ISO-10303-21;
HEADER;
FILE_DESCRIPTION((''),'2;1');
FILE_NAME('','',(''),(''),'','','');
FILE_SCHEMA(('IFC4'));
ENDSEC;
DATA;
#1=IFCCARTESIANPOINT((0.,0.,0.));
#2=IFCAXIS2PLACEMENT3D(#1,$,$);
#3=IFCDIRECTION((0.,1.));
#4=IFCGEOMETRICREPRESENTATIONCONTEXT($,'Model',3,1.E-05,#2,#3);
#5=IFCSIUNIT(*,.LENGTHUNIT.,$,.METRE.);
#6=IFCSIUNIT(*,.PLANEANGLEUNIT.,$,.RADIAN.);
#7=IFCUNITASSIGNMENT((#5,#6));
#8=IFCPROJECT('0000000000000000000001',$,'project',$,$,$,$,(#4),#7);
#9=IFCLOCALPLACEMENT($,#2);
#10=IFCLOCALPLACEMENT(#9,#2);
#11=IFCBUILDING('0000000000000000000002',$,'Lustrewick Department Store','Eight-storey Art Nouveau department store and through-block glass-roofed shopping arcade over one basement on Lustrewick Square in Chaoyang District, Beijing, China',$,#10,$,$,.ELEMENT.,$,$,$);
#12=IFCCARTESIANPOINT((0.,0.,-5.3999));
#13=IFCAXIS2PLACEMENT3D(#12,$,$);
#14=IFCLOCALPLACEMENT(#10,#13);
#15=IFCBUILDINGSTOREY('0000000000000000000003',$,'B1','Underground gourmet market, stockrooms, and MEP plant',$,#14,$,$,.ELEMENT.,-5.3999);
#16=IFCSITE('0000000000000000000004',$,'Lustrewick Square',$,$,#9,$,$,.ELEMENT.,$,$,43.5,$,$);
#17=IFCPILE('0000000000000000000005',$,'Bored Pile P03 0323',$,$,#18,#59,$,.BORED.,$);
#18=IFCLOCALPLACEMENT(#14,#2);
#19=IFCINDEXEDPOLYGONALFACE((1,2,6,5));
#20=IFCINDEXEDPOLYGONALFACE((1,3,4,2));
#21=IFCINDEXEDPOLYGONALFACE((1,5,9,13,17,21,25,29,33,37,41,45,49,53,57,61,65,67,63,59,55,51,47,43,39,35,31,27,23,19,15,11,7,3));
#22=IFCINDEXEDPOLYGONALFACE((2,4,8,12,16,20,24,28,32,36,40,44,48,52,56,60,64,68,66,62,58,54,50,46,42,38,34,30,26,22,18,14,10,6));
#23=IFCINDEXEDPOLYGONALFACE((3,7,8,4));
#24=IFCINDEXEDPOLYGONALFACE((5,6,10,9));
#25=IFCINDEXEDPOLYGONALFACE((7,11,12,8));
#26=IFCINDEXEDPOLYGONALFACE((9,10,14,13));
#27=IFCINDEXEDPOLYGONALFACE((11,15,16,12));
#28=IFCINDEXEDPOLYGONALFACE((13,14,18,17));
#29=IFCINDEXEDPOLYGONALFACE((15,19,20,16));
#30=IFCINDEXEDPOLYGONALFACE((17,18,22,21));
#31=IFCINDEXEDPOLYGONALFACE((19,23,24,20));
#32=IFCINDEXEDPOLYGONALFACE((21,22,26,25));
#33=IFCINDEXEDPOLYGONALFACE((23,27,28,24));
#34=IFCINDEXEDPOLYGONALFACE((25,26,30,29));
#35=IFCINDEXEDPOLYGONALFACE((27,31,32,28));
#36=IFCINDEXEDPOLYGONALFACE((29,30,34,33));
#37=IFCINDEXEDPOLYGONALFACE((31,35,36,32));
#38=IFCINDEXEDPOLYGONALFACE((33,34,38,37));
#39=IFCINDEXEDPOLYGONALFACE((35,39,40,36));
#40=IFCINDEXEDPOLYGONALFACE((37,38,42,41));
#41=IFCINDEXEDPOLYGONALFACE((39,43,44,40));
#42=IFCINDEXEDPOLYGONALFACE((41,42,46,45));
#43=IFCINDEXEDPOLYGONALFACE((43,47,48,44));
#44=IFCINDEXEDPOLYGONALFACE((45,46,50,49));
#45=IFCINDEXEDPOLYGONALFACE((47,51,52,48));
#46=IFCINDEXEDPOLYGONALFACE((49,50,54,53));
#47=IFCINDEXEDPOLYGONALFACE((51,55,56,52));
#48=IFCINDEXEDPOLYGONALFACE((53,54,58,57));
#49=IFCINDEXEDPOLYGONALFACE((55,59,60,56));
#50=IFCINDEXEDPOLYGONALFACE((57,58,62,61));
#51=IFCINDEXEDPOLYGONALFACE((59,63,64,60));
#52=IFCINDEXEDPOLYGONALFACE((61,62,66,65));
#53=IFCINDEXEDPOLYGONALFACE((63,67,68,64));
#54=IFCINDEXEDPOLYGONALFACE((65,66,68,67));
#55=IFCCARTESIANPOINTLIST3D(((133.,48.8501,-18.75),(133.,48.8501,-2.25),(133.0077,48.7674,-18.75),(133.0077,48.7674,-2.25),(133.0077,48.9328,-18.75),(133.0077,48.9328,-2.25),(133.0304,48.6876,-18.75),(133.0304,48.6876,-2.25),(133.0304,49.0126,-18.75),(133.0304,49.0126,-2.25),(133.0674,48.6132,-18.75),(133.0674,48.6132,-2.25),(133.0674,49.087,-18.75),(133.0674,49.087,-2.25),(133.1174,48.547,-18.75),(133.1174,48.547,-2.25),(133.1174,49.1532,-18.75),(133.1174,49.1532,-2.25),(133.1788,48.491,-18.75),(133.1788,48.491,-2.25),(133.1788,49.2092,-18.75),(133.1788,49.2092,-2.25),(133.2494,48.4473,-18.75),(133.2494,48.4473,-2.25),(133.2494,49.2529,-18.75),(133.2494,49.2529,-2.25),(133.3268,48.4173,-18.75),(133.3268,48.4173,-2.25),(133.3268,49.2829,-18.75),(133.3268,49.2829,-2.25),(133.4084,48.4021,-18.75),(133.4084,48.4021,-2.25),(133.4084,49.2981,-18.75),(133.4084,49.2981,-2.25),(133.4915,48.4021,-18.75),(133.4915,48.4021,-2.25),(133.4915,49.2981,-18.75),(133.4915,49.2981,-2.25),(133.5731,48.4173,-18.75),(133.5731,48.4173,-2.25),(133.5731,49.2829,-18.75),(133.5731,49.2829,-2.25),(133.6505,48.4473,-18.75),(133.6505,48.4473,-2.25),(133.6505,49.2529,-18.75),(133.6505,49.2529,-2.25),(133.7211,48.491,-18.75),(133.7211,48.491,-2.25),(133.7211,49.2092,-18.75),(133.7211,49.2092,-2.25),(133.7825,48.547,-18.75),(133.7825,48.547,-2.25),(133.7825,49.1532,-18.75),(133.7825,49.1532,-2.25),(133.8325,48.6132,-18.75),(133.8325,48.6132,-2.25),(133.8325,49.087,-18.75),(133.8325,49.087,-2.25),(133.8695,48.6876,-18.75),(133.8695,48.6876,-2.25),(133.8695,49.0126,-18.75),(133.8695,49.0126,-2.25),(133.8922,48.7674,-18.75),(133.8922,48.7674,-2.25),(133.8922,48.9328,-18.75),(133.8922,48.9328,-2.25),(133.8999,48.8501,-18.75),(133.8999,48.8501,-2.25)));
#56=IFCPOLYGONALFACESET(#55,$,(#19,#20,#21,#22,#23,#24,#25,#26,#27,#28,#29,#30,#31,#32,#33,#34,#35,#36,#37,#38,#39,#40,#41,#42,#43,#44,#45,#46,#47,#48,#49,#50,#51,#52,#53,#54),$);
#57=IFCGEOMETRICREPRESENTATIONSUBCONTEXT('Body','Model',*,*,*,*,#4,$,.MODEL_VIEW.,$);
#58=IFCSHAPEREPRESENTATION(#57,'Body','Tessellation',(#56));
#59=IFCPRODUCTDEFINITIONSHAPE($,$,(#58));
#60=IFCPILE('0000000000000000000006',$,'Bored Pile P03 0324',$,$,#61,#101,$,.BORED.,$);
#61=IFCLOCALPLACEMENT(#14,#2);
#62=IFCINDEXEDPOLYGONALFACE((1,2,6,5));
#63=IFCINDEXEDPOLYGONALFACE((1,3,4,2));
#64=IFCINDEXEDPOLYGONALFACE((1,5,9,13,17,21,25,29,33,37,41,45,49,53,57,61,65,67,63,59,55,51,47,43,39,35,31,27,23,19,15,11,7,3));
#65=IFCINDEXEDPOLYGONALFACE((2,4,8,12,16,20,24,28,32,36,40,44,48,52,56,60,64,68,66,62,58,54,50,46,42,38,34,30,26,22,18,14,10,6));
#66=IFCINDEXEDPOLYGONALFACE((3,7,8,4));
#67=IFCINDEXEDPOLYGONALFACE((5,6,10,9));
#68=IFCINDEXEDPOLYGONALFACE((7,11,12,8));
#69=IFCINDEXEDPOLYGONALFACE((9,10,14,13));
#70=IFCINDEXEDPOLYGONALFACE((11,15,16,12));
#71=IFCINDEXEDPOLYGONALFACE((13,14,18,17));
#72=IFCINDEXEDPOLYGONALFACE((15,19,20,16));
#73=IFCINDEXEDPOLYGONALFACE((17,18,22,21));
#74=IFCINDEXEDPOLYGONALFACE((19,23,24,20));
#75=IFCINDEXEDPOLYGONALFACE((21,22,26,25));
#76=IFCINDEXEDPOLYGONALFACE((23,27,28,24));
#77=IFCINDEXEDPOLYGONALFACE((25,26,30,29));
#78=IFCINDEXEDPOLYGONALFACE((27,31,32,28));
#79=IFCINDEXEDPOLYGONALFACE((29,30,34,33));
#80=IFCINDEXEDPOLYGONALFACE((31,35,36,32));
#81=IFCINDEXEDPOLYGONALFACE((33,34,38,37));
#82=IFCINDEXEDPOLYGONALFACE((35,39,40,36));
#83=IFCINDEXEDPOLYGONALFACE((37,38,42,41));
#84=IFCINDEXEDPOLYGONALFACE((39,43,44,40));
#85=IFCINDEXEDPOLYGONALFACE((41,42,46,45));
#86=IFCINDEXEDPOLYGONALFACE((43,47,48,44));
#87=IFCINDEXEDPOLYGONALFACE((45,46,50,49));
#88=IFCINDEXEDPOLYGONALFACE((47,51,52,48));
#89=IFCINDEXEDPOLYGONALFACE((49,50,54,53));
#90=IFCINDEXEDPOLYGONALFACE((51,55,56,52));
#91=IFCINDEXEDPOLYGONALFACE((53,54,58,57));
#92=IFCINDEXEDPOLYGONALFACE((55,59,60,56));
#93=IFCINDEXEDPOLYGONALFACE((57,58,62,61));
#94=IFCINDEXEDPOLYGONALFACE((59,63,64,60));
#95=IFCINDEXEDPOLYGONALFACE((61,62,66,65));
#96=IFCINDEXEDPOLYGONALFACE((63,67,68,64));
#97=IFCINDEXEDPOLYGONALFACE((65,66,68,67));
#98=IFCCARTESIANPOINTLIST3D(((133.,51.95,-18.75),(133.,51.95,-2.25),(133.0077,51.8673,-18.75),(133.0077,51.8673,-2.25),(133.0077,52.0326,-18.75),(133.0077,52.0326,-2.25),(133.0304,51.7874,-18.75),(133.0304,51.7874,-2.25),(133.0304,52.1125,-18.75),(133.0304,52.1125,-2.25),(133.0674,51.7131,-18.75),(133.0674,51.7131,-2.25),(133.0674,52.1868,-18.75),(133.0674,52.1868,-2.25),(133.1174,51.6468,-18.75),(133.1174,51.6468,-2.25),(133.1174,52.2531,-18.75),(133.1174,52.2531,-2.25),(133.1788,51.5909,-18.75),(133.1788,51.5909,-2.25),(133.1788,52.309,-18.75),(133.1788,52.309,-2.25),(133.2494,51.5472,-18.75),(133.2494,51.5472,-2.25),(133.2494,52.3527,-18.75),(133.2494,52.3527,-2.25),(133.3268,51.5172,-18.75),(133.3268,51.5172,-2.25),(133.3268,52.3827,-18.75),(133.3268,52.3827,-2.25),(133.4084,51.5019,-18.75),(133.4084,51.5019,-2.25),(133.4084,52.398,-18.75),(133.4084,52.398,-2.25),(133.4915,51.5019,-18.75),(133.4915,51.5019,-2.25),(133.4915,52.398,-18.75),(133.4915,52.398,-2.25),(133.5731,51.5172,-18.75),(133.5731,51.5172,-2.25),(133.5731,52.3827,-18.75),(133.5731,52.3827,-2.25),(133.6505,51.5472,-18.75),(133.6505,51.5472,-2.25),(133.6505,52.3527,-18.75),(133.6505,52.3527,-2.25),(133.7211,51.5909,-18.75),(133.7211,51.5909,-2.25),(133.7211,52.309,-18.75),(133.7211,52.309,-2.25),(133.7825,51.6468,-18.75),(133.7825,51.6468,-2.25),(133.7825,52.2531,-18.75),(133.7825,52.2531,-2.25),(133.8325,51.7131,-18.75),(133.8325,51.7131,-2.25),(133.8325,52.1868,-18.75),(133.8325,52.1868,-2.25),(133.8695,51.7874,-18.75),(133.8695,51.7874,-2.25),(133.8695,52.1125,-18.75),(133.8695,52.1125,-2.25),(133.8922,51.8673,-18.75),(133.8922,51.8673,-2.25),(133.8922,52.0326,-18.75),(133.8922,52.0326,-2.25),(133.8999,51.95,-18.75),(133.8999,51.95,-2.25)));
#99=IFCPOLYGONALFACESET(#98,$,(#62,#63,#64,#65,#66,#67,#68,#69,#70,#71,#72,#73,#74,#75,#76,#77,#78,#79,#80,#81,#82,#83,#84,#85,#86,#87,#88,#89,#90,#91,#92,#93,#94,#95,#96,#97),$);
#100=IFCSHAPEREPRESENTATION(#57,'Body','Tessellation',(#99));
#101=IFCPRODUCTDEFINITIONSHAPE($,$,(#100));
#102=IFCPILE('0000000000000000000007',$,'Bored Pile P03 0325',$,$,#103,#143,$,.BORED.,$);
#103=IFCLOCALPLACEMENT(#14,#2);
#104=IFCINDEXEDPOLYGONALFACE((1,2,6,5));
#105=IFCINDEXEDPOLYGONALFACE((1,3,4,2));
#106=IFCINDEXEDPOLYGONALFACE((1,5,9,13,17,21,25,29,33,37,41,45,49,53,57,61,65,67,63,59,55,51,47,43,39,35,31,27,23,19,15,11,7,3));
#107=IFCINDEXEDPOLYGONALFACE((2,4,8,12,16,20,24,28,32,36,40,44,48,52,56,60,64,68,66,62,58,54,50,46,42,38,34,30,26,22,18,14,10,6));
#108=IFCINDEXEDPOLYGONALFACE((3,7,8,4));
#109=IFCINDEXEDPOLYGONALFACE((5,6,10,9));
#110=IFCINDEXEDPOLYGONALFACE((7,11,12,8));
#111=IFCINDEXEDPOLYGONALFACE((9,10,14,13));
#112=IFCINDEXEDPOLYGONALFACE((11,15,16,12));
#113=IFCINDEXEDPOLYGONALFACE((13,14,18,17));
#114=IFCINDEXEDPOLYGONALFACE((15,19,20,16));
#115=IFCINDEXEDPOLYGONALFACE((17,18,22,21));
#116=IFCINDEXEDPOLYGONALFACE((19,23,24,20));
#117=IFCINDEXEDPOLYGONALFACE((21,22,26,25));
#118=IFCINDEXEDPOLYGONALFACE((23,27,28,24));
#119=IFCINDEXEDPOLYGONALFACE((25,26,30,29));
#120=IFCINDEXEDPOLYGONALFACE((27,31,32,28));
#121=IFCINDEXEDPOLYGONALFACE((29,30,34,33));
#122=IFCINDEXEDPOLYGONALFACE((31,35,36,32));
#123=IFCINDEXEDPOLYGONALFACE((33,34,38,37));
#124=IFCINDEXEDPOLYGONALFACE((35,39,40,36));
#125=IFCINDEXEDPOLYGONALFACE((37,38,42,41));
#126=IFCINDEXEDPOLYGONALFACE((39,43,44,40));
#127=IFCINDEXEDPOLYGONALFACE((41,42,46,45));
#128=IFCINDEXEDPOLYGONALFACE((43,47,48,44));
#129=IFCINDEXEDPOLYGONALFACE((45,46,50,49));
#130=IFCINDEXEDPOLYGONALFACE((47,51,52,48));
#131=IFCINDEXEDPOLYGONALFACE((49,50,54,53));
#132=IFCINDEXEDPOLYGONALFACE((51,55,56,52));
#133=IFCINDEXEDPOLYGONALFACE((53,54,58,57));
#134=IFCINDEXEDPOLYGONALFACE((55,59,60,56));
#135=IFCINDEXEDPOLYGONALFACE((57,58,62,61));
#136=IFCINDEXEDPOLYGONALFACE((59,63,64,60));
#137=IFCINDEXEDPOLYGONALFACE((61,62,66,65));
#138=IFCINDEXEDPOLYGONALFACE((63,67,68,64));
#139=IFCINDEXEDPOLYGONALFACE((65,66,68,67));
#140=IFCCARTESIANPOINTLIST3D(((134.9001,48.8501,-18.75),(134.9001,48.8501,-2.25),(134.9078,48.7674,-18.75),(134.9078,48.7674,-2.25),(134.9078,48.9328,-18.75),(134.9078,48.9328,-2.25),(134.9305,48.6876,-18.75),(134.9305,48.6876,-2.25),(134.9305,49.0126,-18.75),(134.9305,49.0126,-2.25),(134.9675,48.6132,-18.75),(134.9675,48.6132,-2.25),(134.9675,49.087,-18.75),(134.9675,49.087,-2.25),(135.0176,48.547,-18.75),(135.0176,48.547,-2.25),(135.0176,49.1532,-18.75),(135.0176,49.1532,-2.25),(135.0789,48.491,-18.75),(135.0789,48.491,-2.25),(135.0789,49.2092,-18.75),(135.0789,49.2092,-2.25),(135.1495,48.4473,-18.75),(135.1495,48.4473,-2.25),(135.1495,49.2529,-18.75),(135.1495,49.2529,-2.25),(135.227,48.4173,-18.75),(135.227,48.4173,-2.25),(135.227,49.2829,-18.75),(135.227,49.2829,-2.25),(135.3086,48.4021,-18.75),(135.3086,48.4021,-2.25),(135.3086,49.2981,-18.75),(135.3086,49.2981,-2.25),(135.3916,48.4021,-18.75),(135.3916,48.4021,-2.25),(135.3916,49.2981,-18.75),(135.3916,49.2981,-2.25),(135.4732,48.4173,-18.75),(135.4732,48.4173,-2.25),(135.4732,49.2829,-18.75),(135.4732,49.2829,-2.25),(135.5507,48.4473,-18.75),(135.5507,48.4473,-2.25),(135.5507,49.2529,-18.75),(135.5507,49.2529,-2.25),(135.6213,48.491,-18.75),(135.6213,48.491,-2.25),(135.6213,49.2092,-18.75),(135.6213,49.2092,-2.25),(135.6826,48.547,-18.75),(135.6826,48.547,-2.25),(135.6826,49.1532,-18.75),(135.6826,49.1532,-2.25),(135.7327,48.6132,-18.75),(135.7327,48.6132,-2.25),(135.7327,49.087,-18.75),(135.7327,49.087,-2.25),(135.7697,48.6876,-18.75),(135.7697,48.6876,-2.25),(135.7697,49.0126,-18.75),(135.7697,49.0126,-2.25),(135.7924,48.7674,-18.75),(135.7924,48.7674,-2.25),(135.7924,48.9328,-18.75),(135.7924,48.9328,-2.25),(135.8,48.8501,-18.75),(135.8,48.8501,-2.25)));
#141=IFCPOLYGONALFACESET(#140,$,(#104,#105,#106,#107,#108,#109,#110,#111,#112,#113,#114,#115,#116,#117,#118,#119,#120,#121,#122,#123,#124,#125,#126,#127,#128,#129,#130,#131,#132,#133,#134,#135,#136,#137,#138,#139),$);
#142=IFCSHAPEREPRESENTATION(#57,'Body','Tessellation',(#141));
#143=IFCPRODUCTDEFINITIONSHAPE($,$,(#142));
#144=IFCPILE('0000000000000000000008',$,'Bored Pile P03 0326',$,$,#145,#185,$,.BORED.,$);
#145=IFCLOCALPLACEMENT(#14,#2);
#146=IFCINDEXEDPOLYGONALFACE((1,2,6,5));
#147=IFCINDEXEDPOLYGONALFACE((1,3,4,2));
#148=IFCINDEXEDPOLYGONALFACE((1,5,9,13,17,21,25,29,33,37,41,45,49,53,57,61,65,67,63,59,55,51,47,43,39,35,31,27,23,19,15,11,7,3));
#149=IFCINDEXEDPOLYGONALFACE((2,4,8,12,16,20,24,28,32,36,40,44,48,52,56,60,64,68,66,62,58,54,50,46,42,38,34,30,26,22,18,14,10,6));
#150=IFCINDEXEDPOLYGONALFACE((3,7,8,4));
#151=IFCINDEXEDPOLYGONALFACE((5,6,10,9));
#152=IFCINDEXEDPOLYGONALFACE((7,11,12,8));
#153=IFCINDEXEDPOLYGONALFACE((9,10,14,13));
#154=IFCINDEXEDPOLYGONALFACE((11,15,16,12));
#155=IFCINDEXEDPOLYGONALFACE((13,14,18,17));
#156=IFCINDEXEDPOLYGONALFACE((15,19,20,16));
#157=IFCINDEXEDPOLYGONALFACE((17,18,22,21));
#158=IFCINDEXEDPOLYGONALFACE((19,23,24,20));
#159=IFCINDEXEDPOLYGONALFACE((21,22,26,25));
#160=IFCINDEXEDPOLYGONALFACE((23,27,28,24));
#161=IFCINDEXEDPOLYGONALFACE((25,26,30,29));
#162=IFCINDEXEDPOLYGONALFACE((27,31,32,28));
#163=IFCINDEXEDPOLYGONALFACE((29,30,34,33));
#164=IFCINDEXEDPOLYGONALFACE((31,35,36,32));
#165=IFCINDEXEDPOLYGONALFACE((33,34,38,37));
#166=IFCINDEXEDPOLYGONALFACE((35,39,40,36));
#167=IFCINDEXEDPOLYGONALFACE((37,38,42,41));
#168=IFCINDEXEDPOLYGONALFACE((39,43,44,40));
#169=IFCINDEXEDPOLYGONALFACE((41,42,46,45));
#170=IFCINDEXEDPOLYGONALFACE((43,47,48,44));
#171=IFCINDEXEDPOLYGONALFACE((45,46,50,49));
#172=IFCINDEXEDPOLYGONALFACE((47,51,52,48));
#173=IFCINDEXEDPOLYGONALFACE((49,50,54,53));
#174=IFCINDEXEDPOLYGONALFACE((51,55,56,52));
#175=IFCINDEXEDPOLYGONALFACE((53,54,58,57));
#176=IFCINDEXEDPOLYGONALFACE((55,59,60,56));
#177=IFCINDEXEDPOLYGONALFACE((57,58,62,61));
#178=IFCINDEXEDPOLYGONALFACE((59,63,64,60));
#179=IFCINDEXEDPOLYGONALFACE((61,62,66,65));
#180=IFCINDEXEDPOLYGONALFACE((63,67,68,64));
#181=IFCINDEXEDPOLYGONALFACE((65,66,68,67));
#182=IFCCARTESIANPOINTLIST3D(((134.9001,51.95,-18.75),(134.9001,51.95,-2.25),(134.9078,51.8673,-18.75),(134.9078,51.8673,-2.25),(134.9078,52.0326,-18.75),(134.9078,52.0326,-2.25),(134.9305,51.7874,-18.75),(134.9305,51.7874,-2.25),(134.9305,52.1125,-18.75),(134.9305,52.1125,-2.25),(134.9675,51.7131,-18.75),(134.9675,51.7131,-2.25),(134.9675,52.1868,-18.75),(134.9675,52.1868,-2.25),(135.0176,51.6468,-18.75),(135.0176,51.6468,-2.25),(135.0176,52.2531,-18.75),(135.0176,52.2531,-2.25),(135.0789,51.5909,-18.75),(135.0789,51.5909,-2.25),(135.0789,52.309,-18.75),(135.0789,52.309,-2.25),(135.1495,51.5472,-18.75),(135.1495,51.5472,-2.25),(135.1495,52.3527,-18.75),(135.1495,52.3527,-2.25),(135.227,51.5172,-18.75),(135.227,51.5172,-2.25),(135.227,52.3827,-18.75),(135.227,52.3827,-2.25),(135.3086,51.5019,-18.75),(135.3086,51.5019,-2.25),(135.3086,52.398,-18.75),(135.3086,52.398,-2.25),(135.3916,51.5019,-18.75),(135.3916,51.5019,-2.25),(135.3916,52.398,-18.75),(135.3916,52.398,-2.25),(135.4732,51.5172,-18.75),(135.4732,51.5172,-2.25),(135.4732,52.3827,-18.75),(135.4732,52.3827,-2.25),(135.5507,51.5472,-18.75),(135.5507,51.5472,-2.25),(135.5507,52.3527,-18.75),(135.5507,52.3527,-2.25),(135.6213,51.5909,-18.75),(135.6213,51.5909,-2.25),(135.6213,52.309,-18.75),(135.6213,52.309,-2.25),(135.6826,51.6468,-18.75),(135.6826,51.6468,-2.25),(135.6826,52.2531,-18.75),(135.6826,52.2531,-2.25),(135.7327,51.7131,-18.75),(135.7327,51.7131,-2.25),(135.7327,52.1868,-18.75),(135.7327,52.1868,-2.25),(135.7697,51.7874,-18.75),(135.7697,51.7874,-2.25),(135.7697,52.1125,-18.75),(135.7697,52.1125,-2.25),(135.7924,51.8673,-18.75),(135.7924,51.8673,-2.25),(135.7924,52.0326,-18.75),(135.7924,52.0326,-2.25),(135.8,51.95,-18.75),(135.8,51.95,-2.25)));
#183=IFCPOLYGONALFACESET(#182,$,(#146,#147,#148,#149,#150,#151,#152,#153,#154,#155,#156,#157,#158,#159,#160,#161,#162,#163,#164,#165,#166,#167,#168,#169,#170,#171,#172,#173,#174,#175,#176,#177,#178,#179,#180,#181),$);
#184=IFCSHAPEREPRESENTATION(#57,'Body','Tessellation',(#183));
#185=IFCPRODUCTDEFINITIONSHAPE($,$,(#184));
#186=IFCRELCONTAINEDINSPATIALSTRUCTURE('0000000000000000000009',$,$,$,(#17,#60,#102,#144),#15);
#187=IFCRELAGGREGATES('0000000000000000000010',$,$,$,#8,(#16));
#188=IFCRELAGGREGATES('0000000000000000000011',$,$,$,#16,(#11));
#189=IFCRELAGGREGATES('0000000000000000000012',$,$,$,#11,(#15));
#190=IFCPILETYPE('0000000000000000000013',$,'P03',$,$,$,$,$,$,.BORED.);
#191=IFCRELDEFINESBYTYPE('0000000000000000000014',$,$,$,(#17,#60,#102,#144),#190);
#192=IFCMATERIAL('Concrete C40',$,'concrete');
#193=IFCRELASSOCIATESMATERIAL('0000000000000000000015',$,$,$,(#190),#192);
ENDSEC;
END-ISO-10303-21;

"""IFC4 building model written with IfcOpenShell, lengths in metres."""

from ifc_helpers import new_model, si_unit, direction, frame, origin, origin_2d, place, context, subcontext, project, spatial, circle, extrude, material, material_profile, profile_set, type_object, element, save


model = new_model("IFC4")

# Units and contexts
model_context = context("Model", 3, precision=1e-05, world=origin(), true_north=direction((0.0, 1.0)))
body_context = subcontext(model_context, "Body", "Model", "MODEL_VIEW")
ifc_project = project(units=[si_unit("LENGTHUNIT", "METRE"), si_unit("PLANEANGLEUNIT", "RADIAN")], contexts=[model_context])

# Site, building, storey
site_placement = place(None, origin())
site = spatial("IfcSite", under=ifc_project, at=site_placement, Name="Lustrewick Square", CompositionType="ELEMENT", RefElevation=43.5)
building_placement = place(site_placement, origin())
building = spatial("IfcBuilding", under=site, at=building_placement, Name="Lustrewick Department Store", Description="Eight-storey Art Nouveau department store and through-block glass-roofed shopping arcade over one basement on Lustrewick Square in Chaoyang District, Beijing, China", CompositionType="ELEMENT")
storey_placement = place(building_placement, frame((0.0, 0.0, -5.3999)))
storey = spatial("IfcBuildingStorey", under=building, at=storey_placement, Name="B1", Description="Underground gourmet market, stockrooms, and MEP plant", CompositionType="ELEMENT", Elevation=-5.3999)

# Piles
ifc_material_1 = material(Name="Concrete C40", Category="concrete")
ifc_material_profile_1 = material_profile(ifc_material_1, circle(Radius=0.45, at=origin_2d()), Name="PILE D900")
ifc_profile_set_1 = profile_set([ifc_material_profile_1], Name="Concrete C40")
pile_type_1 = type_object("IfcPileType", Name="P03", PredefinedType="BORED", material=ifc_profile_set_1)
for number, where, z_axis, x_axis, name in (
    (1, (133.45, 48.8501, -2.25), (0.0, 0.0, -1.0), (1.0, 0.0, 0.0), "Bored Pile P03 0323"),
    (2, (133.45, 51.95, -2.25), (0.0, 0.0, -1.0), (1.0, 0.0, 0.0), "Bored Pile P03 0324"),
    (3, (135.3501, 48.8501, -2.25), (0.0, 0.0, -1.0), (1.0, 0.0, 0.0), "Bored Pile P03 0325"),
    (4, (135.3501, 51.95, -2.25), (0.0, 0.0, -1.0), (1.0, 0.0, 0.0), "Bored Pile P03 0326"),
):
    element("IfcPile", number, at=place(storey_placement, frame(where, z_axis=z_axis, x_axis=x_axis)), inside=storey, type_object=pile_type_1, Name=name, PredefinedType="BORED", context=body_context, shape_type="SweptSolid", body=[
        extrude(circle(Radius=0.45, at=origin_2d()), origin(), (0.0, 0.0, 1.0), 16.5),
    ])

save(model, "model.ifc")
